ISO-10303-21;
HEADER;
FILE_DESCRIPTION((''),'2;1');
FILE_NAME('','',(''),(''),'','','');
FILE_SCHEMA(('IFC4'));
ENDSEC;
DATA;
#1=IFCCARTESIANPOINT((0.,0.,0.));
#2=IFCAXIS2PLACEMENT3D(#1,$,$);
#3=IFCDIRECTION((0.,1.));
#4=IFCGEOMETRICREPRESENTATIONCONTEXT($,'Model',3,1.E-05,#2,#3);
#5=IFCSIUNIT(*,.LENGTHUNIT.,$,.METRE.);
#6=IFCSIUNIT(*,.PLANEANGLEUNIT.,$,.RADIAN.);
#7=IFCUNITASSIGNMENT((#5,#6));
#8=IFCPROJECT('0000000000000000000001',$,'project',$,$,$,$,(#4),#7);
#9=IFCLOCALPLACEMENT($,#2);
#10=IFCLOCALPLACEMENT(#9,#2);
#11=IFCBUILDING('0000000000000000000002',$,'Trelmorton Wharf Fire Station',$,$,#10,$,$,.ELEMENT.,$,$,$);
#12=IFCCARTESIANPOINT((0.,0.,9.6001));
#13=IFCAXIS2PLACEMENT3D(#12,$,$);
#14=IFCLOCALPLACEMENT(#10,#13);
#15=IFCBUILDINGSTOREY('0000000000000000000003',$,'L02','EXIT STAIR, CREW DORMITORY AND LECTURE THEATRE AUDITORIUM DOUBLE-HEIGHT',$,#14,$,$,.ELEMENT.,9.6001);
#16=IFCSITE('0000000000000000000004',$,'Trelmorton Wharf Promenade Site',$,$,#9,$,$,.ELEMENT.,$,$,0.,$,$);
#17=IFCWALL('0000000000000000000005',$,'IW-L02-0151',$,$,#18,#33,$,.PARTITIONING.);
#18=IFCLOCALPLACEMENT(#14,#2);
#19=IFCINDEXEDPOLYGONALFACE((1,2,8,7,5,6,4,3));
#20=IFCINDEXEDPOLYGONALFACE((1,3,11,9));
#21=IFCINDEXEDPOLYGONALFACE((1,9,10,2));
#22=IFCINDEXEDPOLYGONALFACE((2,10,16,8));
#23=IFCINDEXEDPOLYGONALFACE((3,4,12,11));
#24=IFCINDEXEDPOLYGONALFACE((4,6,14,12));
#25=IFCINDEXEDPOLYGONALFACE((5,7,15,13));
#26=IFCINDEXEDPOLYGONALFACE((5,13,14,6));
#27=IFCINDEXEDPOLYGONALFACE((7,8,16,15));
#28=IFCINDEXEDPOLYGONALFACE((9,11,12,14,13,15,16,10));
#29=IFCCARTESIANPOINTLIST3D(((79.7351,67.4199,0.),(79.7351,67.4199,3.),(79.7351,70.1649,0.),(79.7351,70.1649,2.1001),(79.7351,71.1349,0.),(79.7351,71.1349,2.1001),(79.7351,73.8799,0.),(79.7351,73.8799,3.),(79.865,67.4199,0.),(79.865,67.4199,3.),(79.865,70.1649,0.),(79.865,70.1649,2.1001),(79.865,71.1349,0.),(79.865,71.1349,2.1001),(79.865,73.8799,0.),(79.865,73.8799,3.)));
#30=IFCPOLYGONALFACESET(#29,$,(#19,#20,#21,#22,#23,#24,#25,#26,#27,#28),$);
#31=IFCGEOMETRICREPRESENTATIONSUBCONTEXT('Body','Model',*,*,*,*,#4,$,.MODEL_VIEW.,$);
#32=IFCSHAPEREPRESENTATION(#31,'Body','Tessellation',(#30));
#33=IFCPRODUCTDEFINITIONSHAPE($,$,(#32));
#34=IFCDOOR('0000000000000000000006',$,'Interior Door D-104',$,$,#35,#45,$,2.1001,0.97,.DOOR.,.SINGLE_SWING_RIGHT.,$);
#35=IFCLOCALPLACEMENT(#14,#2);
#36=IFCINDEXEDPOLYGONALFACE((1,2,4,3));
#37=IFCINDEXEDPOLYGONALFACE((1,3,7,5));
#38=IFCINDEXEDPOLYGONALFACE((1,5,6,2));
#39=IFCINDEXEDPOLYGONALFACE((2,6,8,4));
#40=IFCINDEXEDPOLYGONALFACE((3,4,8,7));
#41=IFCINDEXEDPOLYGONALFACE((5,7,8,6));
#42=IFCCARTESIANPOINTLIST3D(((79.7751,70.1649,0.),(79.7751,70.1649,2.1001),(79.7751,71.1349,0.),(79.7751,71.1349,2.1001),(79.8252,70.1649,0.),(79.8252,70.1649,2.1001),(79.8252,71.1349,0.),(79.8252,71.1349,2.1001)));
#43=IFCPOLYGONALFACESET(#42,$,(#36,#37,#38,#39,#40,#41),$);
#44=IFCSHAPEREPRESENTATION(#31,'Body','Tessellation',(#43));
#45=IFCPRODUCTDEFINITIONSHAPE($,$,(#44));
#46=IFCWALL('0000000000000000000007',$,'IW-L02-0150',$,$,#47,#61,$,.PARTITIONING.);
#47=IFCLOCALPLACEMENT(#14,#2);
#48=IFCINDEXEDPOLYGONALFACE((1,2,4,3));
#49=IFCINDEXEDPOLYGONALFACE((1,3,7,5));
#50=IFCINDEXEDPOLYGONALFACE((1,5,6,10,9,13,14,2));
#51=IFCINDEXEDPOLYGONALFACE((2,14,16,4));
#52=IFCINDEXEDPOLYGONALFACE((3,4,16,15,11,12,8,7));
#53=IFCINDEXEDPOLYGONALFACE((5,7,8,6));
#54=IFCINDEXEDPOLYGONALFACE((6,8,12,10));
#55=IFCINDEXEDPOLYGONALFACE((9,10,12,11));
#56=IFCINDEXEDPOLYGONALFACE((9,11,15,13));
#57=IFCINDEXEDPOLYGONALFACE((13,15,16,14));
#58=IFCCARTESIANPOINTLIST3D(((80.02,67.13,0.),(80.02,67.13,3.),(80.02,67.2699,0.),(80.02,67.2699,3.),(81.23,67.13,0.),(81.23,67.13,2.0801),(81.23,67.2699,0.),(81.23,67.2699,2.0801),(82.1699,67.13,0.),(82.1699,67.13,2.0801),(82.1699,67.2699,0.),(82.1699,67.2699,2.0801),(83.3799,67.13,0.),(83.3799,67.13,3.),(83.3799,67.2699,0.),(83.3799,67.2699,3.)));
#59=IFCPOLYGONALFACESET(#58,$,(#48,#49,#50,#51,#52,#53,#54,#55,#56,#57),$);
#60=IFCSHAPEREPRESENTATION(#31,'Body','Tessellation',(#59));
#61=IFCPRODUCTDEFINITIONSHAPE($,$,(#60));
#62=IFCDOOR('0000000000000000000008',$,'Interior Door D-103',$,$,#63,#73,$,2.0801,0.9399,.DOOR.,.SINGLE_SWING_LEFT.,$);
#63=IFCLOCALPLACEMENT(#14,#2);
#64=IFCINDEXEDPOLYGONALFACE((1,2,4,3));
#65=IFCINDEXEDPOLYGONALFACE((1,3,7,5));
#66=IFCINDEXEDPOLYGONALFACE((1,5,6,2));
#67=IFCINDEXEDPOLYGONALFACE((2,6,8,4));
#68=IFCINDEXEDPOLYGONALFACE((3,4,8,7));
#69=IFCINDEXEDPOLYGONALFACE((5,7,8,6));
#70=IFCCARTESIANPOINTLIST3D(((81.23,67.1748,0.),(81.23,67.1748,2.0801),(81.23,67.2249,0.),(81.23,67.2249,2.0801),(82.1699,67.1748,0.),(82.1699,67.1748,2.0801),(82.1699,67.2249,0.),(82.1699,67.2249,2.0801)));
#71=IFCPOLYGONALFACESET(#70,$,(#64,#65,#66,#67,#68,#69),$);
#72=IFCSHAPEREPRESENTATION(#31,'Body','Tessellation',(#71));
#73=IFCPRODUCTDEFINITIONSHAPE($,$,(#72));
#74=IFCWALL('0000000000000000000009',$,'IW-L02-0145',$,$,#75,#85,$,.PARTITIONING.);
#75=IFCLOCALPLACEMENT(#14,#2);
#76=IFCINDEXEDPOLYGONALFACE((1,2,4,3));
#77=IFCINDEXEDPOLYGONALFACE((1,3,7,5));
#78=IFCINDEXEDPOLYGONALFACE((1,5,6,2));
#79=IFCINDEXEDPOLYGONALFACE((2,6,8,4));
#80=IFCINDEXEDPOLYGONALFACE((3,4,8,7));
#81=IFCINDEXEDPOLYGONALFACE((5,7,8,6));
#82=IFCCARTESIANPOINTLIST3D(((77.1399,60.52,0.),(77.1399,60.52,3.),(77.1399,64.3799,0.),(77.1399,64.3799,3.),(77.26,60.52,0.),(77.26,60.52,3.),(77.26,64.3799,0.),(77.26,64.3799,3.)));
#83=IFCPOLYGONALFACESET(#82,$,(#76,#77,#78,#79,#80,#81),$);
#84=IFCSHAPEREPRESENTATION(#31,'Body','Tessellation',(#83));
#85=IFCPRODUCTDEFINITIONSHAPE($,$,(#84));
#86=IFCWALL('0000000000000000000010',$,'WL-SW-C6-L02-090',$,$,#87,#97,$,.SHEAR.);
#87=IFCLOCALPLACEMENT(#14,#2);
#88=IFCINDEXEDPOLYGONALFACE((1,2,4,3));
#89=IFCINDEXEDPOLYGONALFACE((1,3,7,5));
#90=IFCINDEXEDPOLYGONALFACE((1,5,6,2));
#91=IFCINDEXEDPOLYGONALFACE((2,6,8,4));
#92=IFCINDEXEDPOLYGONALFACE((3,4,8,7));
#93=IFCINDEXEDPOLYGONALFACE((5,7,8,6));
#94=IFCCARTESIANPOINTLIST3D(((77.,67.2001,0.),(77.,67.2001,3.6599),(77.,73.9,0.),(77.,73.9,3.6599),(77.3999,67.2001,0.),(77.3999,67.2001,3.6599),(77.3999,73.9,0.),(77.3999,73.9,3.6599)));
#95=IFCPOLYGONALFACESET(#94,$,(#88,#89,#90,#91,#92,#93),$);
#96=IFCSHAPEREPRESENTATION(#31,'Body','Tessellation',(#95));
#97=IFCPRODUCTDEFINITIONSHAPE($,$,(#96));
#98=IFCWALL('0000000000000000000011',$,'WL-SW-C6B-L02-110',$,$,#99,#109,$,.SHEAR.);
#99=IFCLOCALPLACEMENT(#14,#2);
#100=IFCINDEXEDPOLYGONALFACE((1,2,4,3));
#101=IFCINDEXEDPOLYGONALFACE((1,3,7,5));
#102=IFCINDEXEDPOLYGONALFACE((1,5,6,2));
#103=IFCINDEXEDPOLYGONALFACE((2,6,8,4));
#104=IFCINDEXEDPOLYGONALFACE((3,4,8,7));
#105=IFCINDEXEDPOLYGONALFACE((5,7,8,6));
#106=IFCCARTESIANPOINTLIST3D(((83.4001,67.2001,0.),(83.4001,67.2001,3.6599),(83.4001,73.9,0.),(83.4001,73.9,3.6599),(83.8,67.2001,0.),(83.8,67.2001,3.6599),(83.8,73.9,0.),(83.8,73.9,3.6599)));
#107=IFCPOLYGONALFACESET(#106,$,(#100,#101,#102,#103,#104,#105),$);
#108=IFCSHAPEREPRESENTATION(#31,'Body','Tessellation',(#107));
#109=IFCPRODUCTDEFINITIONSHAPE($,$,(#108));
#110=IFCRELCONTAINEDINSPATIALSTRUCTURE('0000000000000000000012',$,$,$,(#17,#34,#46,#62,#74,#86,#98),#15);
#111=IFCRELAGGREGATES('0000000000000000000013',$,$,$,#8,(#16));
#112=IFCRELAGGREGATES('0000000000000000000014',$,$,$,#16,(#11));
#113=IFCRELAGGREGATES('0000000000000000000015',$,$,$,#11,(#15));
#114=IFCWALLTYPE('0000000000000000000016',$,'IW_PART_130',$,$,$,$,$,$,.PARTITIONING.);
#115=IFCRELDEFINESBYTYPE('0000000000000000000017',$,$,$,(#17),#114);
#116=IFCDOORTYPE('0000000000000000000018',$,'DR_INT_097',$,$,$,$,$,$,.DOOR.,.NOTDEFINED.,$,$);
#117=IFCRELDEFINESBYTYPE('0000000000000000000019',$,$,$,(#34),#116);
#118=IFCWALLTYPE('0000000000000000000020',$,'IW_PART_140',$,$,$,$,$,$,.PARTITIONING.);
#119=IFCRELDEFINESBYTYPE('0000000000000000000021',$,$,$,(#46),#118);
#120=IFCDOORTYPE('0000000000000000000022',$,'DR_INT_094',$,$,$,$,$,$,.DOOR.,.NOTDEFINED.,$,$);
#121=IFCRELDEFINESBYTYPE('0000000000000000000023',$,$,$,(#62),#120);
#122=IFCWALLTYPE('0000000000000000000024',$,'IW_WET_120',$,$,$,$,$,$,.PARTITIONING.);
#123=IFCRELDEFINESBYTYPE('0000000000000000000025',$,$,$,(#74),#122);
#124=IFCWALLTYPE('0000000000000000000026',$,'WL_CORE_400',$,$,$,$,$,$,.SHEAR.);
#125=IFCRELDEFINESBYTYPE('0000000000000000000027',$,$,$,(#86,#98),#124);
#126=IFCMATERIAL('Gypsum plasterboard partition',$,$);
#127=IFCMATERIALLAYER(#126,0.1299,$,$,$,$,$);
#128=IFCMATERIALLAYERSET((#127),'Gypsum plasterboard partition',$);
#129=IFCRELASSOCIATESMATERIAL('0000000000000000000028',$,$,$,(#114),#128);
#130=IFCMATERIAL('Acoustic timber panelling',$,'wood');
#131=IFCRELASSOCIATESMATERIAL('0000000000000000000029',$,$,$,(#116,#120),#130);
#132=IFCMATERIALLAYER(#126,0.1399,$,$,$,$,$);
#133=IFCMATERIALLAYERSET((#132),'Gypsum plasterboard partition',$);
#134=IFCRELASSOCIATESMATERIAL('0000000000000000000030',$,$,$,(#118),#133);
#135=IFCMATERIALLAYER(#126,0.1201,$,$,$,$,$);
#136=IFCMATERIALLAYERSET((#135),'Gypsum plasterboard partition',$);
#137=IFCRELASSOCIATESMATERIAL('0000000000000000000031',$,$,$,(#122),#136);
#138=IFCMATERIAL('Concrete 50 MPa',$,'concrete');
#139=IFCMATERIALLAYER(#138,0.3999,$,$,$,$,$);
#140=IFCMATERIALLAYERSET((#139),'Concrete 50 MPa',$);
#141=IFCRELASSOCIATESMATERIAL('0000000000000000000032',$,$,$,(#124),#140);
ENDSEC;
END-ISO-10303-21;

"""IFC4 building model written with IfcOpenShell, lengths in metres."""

from ifc_helpers import new_model, si_unit, direction, frame, frame_2d, origin, place, context, subcontext, project, spatial, rectangle, extrude, material, layer, layer_set, type_object, element, fill, save


model = new_model("IFC4")

# Units and contexts
model_context = context("Model", 3, precision=1e-05, world=origin(), true_north=direction((0.0, 1.0)))
body_context = subcontext(model_context, "Body", "Model", "MODEL_VIEW")
ifc_project = project(units=[si_unit("LENGTHUNIT", "METRE"), si_unit("PLANEANGLEUNIT", "RADIAN")], contexts=[model_context])

# Site, building, storey
site_placement = place(None, origin())
site = spatial("IfcSite", under=ifc_project, at=site_placement, Name="Trelmorton Wharf Promenade Site", CompositionType="ELEMENT", RefElevation=0.0)
building_placement = place(site_placement, origin())
building = spatial("IfcBuilding", under=site, at=building_placement, Name="Trelmorton Wharf Fire Station", CompositionType="ELEMENT")
storey_placement = place(building_placement, frame((0.0, 0.0, 9.6001)))
storey = spatial("IfcBuildingStorey", under=building, at=storey_placement, Name="L02", Description="EXIT STAIR, CREW DORMITORY AND LECTURE THEATRE AUDITORIUM DOUBLE-HEIGHT", CompositionType="ELEMENT", Elevation=9.6001)

# Shared definitions
ifc_material_1 = material(Name="Gypsum plasterboard partition")
ifc_material_2 = material(Name="Acoustic timber panelling", Category="wood")

# Walls, openings, doors
ifc_layer_1 = layer(ifc_material_1, 0.1299)
ifc_layer_set_1 = layer_set([ifc_layer_1], Name="Gypsum plasterboard partition")
wall_type_1 = type_object("IfcWallType", Name="IW_PART_130", PredefinedType="PARTITIONING", material=ifc_layer_set_1)
wall_1_placement = place(storey_placement, frame((79.8, 67.4199, 0.0), z_axis=(0.0, 0.0, 1.0), x_axis=(0.0, 1.0, 0.0)))
wall_1 = element("IfcWall", 1, at=wall_1_placement, inside=storey, type_object=wall_type_1, Name="IW-L02-0151", PredefinedType="PARTITIONING", context=body_context, shape_type="SweptSolid", body=[
    extrude(rectangle(XDim=6.46, YDim=0.1299, at=frame_2d((3.23, 0.0))), origin(), (0.0, 0.0, 1.0), 3.0),
])
opening_1_placement = place(wall_1_placement, frame((2.7451, 0.0, 0.0)))
opening_1 = element("IfcOpeningElement", 2, at=opening_1_placement, cuts=wall_1, PredefinedType="OPENING", context=body_context, shape_type="SweptSolid", body=[
    extrude(rectangle(XDim=0.97, YDim=2.1001, at=frame_2d((0.4849, 1.05))), frame((0.0, 0.075, 0.0), z_axis=(0.0, -1.0, 0.0), x_axis=(1.0, 0.0, 0.0)), (0.0, 0.0, 1.0), 0.1499),
])
door_type_1 = type_object("IfcDoorType", Name="DR_INT_097", OperationType="NOTDEFINED", PredefinedType="DOOR", material=ifc_material_2)
door_1_placement = place(opening_1_placement, origin())
door_1 = element("IfcDoor", 3, at=door_1_placement, inside=storey, type_object=door_type_1, Name="Interior Door D-104", OperationType="SINGLE_SWING_RIGHT", OverallHeight=2.1001, OverallWidth=0.97, PredefinedType="DOOR", context=body_context, shape_type="SweptSolid", body=[
    extrude(rectangle(XDim=0.97, YDim=2.1001, at=frame_2d((0.4849, 1.05))), frame((0.0, 0.0249, 0.0), z_axis=(0.0, -1.0, 0.0), x_axis=(1.0, 0.0, 0.0)), (0.0, 0.0, 1.0), 0.05),
])
fill(opening_1, door_1)
ifc_layer_2 = layer(ifc_material_1, 0.1399)
ifc_layer_set_2 = layer_set([ifc_layer_2], Name="Gypsum plasterboard partition")
wall_type_2 = type_object("IfcWallType", Name="IW_PART_140", PredefinedType="PARTITIONING", material=ifc_layer_set_2)
wall_2_placement = place(storey_placement, frame((80.02, 67.2, 0.0), z_axis=(0.0, 0.0, 1.0), x_axis=(1.0, 0.0, 0.0)))
wall_2 = element("IfcWall", 4, at=wall_2_placement, inside=storey, type_object=wall_type_2, Name="IW-L02-0150", PredefinedType="PARTITIONING", context=body_context, shape_type="SweptSolid", body=[
    extrude(rectangle(XDim=3.3599, YDim=0.1399, at=frame_2d((1.6799, 0.0))), origin(), (0.0, 0.0, 1.0), 3.0),
])
opening_2_placement = place(wall_2_placement, frame((1.21, 0.0, 0.0)))
opening_2 = element("IfcOpeningElement", 5, at=opening_2_placement, cuts=wall_2, PredefinedType="OPENING", context=body_context, shape_type="SweptSolid", body=[
    extrude(rectangle(XDim=0.9399, YDim=2.0801, at=frame_2d((0.47, 1.04))), frame((0.0, 0.0801, 0.0), z_axis=(0.0, -1.0, 0.0), x_axis=(1.0, 0.0, 0.0)), (0.0, 0.0, 1.0), 0.1599),
])
door_type_2 = type_object("IfcDoorType", Name="DR_INT_094", OperationType="NOTDEFINED", PredefinedType="DOOR", material=ifc_material_2)
door_2_placement = place(opening_2_placement, origin())
door_2 = element("IfcDoor", 6, at=door_2_placement, inside=storey, type_object=door_type_2, Name="Interior Door D-103", OperationType="SINGLE_SWING_LEFT", OverallHeight=2.0801, OverallWidth=0.9399, PredefinedType="DOOR", context=body_context, shape_type="SweptSolid", body=[
    extrude(rectangle(XDim=0.9399, YDim=2.0801, at=frame_2d((0.47, 1.04))), frame((0.0, 0.0249, 0.0), z_axis=(0.0, -1.0, 0.0), x_axis=(1.0, 0.0, 0.0)), (0.0, 0.0, 1.0), 0.05),
])
fill(opening_2, door_2)

# Walls
ifc_layer_3 = layer(ifc_material_1, 0.1201)
ifc_layer_set_3 = layer_set([ifc_layer_3], Name="Gypsum plasterboard partition")
wall_type_3 = type_object("IfcWallType", Name="IW_WET_120", PredefinedType="PARTITIONING", material=ifc_layer_set_3)
wall_3_placement = place(storey_placement, frame((77.2, 60.52, 0.0), z_axis=(0.0, 0.0, 1.0), x_axis=(0.0, 1.0, 0.0)))
element("IfcWall", 7, at=wall_3_placement, inside=storey, type_object=wall_type_3, Name="IW-L02-0145", PredefinedType="PARTITIONING", context=body_context, shape_type="SweptSolid", body=[
    extrude(rectangle(XDim=3.8599, YDim=0.1201, at=frame_2d((1.9299, 0.0))), origin(), (0.0, 0.0, 1.0), 3.0),
])
ifc_material_3 = material(Name="Concrete 50 MPa", Category="concrete")
ifc_layer_4 = layer(ifc_material_3, 0.3999)
ifc_layer_set_4 = layer_set([ifc_layer_4], Name="Concrete 50 MPa")
wall_type_4 = type_object("IfcWallType", Name="WL_CORE_400", PredefinedType="SHEAR", material=ifc_layer_set_4)
for number, where, z_axis, x_axis, name in (
    (8, (77.2, 67.2, 0.0), (0.0, 0.0, 1.0), (0.0, 1.0, 0.0), "WL-SW-C6-L02-090"),
    (9, (83.6001, 67.2, 0.0), (0.0, 0.0, 1.0), (0.0, 1.0, 0.0), "WL-SW-C6B-L02-110"),
):
    element("IfcWall", number, at=place(storey_placement, frame(where, z_axis=z_axis, x_axis=x_axis)), inside=storey, type_object=wall_type_4, Name=name, PredefinedType="SHEAR", context=body_context, shape_type="SweptSolid", body=[
        extrude(rectangle(XDim=6.7, YDim=0.3999, at=frame_2d((3.3501, 0.0))), origin(), (0.0, 0.0, 1.0), 3.6599),
    ])

save(model, "model.ifc")
